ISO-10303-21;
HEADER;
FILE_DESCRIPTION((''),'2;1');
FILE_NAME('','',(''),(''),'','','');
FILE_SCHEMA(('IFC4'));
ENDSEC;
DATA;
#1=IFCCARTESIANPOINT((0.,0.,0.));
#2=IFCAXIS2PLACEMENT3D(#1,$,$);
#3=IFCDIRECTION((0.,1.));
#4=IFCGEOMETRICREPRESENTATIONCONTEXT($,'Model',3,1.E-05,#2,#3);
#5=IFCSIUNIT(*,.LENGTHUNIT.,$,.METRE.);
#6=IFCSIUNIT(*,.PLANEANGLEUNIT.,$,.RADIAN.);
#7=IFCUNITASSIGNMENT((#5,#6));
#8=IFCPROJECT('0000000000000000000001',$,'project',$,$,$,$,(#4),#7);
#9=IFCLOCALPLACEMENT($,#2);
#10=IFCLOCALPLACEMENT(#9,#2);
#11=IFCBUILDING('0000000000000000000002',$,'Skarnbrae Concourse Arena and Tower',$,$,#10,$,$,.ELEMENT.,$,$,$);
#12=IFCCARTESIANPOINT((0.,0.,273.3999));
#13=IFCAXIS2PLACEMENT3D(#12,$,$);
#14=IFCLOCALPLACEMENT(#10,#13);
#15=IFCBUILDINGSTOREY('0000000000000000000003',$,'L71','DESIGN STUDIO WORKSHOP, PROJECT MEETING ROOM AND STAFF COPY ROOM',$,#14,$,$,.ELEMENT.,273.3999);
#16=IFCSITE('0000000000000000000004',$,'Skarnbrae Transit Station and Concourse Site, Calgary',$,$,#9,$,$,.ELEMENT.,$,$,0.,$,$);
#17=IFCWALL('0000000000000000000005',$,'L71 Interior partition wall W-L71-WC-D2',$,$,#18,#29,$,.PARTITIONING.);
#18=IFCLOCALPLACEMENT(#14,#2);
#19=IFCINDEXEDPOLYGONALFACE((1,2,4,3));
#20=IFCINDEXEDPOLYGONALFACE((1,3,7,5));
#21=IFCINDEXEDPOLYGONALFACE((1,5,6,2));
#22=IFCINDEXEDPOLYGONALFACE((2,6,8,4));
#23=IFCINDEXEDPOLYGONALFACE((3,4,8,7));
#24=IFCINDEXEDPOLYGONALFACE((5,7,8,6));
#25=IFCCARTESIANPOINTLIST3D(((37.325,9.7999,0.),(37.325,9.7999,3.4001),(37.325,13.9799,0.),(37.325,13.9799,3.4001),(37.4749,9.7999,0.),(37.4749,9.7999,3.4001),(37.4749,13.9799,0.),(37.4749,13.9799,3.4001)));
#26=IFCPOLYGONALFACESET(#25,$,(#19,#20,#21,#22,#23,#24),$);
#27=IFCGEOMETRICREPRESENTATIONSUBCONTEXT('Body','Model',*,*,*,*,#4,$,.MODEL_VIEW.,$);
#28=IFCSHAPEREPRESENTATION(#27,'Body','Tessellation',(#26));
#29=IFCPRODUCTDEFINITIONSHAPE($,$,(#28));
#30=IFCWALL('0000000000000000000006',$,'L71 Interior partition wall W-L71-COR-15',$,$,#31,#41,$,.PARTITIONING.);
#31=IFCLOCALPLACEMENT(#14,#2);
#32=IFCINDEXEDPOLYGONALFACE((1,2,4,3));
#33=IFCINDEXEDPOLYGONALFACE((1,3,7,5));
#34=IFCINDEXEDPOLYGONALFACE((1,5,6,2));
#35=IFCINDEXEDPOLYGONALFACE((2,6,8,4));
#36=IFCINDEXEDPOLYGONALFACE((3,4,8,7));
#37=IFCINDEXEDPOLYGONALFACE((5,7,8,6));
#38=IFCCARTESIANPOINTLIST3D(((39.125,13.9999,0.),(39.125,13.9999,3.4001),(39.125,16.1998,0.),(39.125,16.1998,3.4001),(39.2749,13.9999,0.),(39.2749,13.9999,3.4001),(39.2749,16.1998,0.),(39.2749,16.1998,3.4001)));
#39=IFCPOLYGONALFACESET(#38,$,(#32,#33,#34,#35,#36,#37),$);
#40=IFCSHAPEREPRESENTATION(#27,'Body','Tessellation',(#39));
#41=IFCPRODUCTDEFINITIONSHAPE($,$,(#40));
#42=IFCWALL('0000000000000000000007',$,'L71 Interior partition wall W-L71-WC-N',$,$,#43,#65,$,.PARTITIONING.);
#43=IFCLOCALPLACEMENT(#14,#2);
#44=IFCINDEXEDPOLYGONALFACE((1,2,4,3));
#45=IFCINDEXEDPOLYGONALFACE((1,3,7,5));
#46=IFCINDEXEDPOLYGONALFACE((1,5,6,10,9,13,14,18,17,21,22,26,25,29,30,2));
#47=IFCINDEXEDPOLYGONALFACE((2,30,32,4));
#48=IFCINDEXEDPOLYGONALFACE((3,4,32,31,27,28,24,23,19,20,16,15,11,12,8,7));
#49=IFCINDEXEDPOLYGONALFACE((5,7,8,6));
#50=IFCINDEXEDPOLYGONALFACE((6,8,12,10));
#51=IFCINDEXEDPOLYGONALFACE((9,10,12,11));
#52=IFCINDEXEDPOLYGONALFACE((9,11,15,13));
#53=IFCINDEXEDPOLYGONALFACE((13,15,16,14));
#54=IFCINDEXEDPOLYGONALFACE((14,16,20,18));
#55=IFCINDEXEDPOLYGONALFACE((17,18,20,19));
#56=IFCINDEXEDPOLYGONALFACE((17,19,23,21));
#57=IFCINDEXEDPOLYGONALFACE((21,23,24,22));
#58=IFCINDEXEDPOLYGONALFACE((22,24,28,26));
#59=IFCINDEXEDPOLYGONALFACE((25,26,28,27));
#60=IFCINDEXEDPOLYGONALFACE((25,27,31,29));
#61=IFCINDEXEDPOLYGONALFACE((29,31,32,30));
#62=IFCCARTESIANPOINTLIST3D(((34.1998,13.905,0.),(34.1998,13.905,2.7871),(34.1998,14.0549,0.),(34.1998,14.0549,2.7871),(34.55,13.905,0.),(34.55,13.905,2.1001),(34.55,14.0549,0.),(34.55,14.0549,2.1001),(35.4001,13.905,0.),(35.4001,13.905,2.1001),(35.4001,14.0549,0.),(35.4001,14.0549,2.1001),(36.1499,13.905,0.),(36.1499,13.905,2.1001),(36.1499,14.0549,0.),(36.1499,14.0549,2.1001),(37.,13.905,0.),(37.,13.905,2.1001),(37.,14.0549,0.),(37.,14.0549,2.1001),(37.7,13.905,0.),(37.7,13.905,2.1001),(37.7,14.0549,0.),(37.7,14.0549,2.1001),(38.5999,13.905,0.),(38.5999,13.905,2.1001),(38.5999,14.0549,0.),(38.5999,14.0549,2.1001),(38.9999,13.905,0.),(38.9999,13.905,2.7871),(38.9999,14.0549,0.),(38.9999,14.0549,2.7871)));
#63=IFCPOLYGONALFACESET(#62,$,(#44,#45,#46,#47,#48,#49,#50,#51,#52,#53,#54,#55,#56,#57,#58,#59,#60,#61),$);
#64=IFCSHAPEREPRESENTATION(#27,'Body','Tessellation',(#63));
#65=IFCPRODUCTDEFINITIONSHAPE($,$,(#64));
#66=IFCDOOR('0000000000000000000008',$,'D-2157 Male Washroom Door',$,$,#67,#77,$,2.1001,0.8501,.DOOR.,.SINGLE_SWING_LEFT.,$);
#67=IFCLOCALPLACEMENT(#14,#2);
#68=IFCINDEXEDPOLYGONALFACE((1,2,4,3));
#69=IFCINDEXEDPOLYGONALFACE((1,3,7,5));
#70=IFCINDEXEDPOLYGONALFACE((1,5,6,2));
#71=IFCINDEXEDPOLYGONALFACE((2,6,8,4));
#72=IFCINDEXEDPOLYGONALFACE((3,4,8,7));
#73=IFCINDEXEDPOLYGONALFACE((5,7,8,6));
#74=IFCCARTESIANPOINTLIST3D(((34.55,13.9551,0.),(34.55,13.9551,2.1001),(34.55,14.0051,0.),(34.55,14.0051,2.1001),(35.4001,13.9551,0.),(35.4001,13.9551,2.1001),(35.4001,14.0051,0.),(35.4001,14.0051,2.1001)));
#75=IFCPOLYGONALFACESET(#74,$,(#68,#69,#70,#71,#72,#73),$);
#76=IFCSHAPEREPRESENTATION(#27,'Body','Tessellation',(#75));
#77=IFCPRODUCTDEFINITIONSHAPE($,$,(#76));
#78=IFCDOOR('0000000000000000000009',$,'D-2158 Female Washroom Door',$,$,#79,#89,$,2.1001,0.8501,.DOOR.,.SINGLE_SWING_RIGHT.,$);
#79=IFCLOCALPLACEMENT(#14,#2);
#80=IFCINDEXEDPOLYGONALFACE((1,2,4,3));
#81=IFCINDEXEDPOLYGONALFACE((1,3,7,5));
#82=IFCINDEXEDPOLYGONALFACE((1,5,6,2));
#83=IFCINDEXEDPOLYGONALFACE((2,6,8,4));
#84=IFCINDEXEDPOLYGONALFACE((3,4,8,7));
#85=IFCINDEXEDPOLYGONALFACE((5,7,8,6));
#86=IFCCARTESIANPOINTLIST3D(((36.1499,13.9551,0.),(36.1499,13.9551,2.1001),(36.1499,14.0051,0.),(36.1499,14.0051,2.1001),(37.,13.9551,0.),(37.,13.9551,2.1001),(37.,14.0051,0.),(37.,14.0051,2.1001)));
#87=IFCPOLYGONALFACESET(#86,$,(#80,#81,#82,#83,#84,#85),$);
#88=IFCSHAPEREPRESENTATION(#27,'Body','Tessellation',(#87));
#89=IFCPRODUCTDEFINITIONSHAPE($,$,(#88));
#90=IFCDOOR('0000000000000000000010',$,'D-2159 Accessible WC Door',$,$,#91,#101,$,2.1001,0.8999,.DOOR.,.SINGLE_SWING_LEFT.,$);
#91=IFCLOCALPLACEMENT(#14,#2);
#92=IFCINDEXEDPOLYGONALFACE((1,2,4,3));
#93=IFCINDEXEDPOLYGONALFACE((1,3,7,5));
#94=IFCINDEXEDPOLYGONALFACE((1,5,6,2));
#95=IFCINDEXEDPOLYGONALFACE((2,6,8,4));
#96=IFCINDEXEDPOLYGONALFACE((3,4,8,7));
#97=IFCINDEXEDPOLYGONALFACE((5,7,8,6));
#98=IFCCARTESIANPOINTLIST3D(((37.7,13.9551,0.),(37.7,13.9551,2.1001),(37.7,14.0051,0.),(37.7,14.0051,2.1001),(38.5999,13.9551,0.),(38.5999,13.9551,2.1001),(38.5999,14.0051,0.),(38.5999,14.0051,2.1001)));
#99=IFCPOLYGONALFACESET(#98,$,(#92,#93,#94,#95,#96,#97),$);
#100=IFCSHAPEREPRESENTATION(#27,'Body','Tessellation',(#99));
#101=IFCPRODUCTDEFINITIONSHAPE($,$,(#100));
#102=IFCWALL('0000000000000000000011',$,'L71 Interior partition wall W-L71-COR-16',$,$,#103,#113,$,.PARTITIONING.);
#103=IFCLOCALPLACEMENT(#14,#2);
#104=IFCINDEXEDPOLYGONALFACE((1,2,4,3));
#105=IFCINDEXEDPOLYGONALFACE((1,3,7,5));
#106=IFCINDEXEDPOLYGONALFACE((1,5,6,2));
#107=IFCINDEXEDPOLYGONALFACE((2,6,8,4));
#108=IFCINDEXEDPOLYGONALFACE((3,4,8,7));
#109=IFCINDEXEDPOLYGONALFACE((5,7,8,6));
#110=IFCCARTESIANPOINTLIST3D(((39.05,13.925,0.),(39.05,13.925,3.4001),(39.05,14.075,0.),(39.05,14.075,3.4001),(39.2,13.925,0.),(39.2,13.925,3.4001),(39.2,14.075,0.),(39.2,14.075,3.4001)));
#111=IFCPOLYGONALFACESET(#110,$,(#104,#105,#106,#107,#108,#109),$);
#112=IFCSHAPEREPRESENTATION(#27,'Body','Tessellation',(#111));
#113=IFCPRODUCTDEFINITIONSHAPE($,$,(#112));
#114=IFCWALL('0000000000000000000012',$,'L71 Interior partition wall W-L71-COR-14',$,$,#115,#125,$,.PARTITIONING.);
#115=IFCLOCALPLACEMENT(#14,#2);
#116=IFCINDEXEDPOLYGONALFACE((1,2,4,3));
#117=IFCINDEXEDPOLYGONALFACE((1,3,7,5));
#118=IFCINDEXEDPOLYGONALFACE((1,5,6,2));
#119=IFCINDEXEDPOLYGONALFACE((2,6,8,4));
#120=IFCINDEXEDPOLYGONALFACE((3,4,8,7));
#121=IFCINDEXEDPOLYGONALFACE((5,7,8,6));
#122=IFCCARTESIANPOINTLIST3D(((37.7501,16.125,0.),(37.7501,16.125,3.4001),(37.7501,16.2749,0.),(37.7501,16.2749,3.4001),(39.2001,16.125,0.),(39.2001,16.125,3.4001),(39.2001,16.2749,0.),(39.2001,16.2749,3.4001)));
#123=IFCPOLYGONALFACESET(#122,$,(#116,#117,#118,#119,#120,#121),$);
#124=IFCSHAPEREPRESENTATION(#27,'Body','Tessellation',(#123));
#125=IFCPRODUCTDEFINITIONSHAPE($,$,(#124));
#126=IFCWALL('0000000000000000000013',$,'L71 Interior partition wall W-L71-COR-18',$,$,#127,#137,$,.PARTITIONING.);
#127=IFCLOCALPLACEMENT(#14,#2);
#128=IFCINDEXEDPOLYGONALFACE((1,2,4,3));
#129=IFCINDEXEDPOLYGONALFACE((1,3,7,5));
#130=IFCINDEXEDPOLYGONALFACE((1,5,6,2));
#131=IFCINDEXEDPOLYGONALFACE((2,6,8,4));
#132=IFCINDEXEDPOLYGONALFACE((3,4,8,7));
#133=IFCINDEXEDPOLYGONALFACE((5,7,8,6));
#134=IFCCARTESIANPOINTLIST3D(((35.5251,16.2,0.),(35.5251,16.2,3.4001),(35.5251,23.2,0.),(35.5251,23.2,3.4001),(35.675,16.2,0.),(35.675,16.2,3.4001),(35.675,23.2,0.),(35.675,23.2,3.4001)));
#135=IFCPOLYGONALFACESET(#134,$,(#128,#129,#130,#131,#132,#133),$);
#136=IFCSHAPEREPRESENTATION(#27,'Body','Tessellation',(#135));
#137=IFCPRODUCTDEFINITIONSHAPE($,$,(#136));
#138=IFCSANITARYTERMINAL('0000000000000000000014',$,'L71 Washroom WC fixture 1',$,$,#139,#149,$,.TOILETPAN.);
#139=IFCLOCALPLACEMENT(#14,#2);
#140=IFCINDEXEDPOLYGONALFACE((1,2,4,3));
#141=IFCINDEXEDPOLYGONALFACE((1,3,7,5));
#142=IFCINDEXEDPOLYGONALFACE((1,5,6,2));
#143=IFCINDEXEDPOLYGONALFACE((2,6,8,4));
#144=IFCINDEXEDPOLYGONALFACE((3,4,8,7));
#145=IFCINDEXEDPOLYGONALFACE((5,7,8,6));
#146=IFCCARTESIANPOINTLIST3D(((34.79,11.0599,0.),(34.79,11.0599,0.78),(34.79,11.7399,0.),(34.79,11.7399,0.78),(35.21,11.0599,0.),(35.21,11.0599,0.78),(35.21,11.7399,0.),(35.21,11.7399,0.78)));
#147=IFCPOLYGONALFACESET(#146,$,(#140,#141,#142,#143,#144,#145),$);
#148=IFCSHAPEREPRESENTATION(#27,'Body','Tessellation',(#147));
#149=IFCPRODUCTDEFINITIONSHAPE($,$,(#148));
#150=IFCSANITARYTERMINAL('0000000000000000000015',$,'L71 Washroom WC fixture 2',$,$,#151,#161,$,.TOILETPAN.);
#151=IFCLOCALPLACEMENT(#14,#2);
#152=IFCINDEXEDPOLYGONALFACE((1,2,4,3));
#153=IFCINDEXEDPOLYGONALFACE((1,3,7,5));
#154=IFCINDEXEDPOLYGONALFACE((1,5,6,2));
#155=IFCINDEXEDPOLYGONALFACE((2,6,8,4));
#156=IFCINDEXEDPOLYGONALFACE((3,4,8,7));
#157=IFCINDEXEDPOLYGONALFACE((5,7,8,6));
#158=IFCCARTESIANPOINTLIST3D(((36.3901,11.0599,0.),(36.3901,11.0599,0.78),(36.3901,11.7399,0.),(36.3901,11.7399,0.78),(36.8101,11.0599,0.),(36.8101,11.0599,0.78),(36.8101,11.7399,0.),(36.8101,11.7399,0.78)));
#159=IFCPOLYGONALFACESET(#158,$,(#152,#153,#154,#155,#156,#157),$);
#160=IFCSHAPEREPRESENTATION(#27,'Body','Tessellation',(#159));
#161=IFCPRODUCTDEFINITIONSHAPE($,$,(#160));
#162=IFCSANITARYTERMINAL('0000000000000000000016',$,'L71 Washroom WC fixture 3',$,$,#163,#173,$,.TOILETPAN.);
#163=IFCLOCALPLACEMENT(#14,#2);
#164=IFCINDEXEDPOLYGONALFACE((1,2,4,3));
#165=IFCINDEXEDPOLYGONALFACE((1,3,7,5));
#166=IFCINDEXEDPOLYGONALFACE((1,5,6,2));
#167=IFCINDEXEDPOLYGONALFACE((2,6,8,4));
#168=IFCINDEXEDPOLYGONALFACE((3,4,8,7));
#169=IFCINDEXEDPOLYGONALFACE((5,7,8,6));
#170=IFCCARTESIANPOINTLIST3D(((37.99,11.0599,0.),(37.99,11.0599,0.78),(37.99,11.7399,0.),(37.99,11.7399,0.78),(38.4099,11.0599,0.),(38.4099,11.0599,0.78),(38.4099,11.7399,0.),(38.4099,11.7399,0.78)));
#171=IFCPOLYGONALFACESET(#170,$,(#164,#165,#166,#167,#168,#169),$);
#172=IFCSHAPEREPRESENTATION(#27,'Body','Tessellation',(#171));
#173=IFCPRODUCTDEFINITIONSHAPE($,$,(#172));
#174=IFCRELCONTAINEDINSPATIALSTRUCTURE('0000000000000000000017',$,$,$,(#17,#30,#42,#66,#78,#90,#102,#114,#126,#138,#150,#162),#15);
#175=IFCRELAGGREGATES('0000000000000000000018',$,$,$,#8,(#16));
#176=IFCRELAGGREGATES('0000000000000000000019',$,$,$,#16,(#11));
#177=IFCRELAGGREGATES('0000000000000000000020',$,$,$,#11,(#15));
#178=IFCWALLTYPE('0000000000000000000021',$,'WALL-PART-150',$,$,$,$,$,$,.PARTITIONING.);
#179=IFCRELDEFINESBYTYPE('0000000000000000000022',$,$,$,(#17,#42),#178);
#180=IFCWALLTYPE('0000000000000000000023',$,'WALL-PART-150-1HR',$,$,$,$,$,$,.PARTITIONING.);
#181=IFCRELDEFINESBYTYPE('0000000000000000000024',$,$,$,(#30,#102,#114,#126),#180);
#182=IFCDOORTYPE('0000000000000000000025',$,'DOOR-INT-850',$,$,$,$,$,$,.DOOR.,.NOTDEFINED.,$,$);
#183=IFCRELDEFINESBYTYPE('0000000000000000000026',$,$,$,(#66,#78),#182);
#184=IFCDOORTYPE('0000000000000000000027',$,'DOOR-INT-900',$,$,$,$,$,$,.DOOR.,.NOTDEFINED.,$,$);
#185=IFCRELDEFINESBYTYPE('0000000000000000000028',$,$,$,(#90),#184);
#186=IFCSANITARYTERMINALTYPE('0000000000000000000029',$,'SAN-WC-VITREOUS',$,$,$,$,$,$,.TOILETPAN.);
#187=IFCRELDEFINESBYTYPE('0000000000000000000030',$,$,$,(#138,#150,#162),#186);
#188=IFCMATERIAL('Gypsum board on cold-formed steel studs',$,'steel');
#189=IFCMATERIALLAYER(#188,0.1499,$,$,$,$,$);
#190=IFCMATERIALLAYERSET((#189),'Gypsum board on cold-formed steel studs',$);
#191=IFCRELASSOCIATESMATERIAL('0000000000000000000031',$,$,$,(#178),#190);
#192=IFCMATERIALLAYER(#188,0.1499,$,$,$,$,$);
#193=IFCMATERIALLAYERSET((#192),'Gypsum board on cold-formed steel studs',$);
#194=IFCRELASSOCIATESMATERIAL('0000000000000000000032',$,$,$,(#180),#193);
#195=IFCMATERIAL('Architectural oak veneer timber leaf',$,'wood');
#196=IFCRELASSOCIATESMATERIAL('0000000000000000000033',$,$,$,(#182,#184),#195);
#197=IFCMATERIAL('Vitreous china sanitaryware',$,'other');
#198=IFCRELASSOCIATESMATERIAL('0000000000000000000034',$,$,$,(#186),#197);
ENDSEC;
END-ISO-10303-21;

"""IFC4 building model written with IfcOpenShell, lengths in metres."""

from ifc_helpers import new_model, si_unit, direction, frame, frame_2d, origin, origin_2d, place, context, subcontext, project, spatial, rectangle, extrude, source, transform, mapped, material, layer, layer_set, type_object, element, fill, save


model = new_model("IFC4")

# Units and contexts
model_context = context("Model", 3, precision=1e-05, world=origin(), true_north=direction((0.0, 1.0)))
body_context = subcontext(model_context, "Body", "Model", "MODEL_VIEW")
ifc_project = project(units=[si_unit("LENGTHUNIT", "METRE"), si_unit("PLANEANGLEUNIT", "RADIAN")], contexts=[model_context])

# Site, building, storey
site_placement = place(None, origin())
site = spatial("IfcSite", under=ifc_project, at=site_placement, Name="Skarnbrae Transit Station and Concourse Site, Calgary", CompositionType="ELEMENT", RefElevation=0.0)
building_placement = place(site_placement, origin())
building = spatial("IfcBuilding", under=site, at=building_placement, Name="Skarnbrae Concourse Arena and Tower", CompositionType="ELEMENT")
storey_placement = place(building_placement, frame((0.0, 0.0, 273.3999)))
storey = spatial("IfcBuildingStorey", under=building, at=storey_placement, Name="L71", Description="DESIGN STUDIO WORKSHOP, PROJECT MEETING ROOM AND STAFF COPY ROOM", CompositionType="ELEMENT", Elevation=273.3999)

# Walls
ifc_material_1 = material(Name="Gypsum board on cold-formed steel studs", Category="steel")
ifc_layer_1 = layer(ifc_material_1, 0.1499)
ifc_layer_set_1 = layer_set([ifc_layer_1], Name="Gypsum board on cold-formed steel studs")
wall_type_1 = type_object("IfcWallType", Name="WALL-PART-150", PredefinedType="PARTITIONING", material=ifc_layer_set_1)
shared_shape_1 = source(origin(), body_context, "Body", "SweptSolid", [
    extrude(rectangle(XDim=4.1799, YDim=0.1499, at=frame_2d((2.0898, 0.0))), origin(), (0.0, 0.0, 1.0), 3.4001),
])
for number, where, z_axis, x_axis, name in (
    (1, (37.3999, 9.8, 0.0), (0.0, 0.0, 1.0), (0.0, 1.0, 0.0), "L71 Interior partition wall W-L71-WC-D2"),
):
    element("IfcWall", number, at=place(storey_placement, frame(where, z_axis=z_axis, x_axis=x_axis)), inside=storey, type_object=wall_type_1, Name=name, PredefinedType="PARTITIONING", context=body_context, shape_type="MappedRepresentation", body=[
        mapped(shared_shape_1, transform((0.0, 0.0, 0.0))),
    ])
ifc_layer_2 = layer(ifc_material_1, 0.1499)
ifc_layer_set_2 = layer_set([ifc_layer_2], Name="Gypsum board on cold-formed steel studs")
wall_type_2 = type_object("IfcWallType", Name="WALL-PART-150-1HR", PredefinedType="PARTITIONING", material=ifc_layer_set_2)
shared_shape_2 = source(origin(), body_context, "Body", "SweptSolid", [
    extrude(rectangle(XDim=2.2, YDim=0.1499, at=frame_2d((1.1001, 0.0))), origin(), (0.0, 0.0, 1.0), 3.4001),
])
wall_1_placement = place(storey_placement, frame((39.2, 16.2, 0.0), z_axis=(0.0, 0.0, 1.0), x_axis=(0.0, -1.0, 0.0)))
element("IfcWall", 2, at=wall_1_placement, inside=storey, type_object=wall_type_2, Name="L71 Interior partition wall W-L71-COR-15", PredefinedType="PARTITIONING", context=body_context, shape_type="MappedRepresentation", body=[
    mapped(shared_shape_2, transform((0.0, 0.0, 0.0))),
])

# Wall, openings, doors
shared_shape_3 = source(origin(), body_context, "Body", "SweptSolid", [
    extrude(rectangle(XDim=4.8, YDim=0.1499, at=frame_2d((2.3999, 0.0))), origin(), (0.0, 0.0, 1.0), 2.7871),
])
wall_2_placement = place(storey_placement, frame((34.2, 13.98, 0.0), z_axis=(0.0, 0.0, 1.0), x_axis=(1.0, 0.0, 0.0)))
wall_2 = element("IfcWall", 3, at=wall_2_placement, inside=storey, type_object=wall_type_1, Name="L71 Interior partition wall W-L71-WC-N", PredefinedType="PARTITIONING", context=body_context, shape_type="MappedRepresentation", body=[
    mapped(shared_shape_3, transform((0.0, 0.0, 0.0))),
])
opening_1_placement = place(wall_2_placement, frame((0.3501, 0.0, 0.0)))
opening_1 = element("IfcOpeningElement", 4, at=opening_1_placement, cuts=wall_2, PredefinedType="OPENING", context=body_context, shape_type="SweptSolid", body=[
    extrude(rectangle(XDim=0.8501, YDim=2.1001, at=frame_2d((0.425, 1.05))), frame((0.0, 0.085, 0.0), z_axis=(0.0, -1.0, 0.0), x_axis=(1.0, 0.0, 0.0)), (0.0, 0.0, 1.0), 0.1699),
])
opening_2_placement = place(wall_2_placement, frame((1.95, 0.0, 0.0)))
opening_2 = element("IfcOpeningElement", 5, at=opening_2_placement, cuts=wall_2, PredefinedType="OPENING", context=body_context, shape_type="SweptSolid", body=[
    extrude(rectangle(XDim=0.8501, YDim=2.1001, at=frame_2d((0.425, 1.05))), frame((0.0, 0.085, 0.0), z_axis=(0.0, -1.0, 0.0), x_axis=(1.0, 0.0, 0.0)), (0.0, 0.0, 1.0), 0.1699),
])
opening_3_placement = place(wall_2_placement, frame((3.5, 0.0, 0.0)))
opening_3 = element("IfcOpeningElement", 6, at=opening_3_placement, cuts=wall_2, PredefinedType="OPENING", context=body_context, shape_type="SweptSolid", body=[
    extrude(rectangle(XDim=0.8999, YDim=2.1001, at=frame_2d((0.45, 1.05))), frame((0.0, 0.085, 0.0), z_axis=(0.0, -1.0, 0.0), x_axis=(1.0, 0.0, 0.0)), (0.0, 0.0, 1.0), 0.1699),
])
ifc_material_2 = material(Name="Architectural oak veneer timber leaf", Category="wood")
door_type_1 = type_object("IfcDoorType", Name="DOOR-INT-850", OperationType="NOTDEFINED", PredefinedType="DOOR", material=ifc_material_2)
shared_shape_4 = source(origin(), body_context, "Body", "SweptSolid", [
    extrude(rectangle(XDim=0.8501, YDim=2.1001, at=frame_2d((0.425, 1.05))), frame((0.0, 0.0249, 0.0), z_axis=(0.0, -1.0, 0.0), x_axis=(1.0, 0.0, 0.0)), (0.0, 0.0, 1.0), 0.05),
])
door_1_placement = place(opening_1_placement, frame((0.8501, 0.0, 0.0), z_axis=(0.0, 0.0, 1.0), x_axis=(-1.0, 0.0, 0.0)))
door_1 = element("IfcDoor", 7, at=door_1_placement, inside=storey, type_object=door_type_1, Name="D-2157 Male Washroom Door", OperationType="SINGLE_SWING_LEFT", OverallHeight=2.1001, OverallWidth=0.8501, PredefinedType="DOOR", context=body_context, shape_type="MappedRepresentation", body=[
    mapped(shared_shape_4, transform((0.0, 0.0, 0.0))),
])
fill(opening_1, door_1)
door_2_placement = place(opening_2_placement, frame((0.8501, 0.0, 0.0), z_axis=(0.0, 0.0, 1.0), x_axis=(-1.0, 0.0, 0.0)))
door_2 = element("IfcDoor", 8, at=door_2_placement, inside=storey, type_object=door_type_1, Name="D-2158 Female Washroom Door", OperationType="SINGLE_SWING_RIGHT", OverallHeight=2.1001, OverallWidth=0.8501, PredefinedType="DOOR", context=body_context, shape_type="MappedRepresentation", body=[
    mapped(shared_shape_4, transform((0.0, 0.0, 0.0))),
])
fill(opening_2, door_2)
door_type_2 = type_object("IfcDoorType", Name="DOOR-INT-900", OperationType="NOTDEFINED", PredefinedType="DOOR", material=ifc_material_2)
shared_shape_5 = source(origin(), body_context, "Body", "SweptSolid", [
    extrude(rectangle(XDim=0.8999, YDim=2.1001, at=frame_2d((0.45, 1.05))), frame((0.0, 0.0249, 0.0), z_axis=(0.0, -1.0, 0.0), x_axis=(1.0, 0.0, 0.0)), (0.0, 0.0, 1.0), 0.05),
])
door_3_placement = place(opening_3_placement, frame((0.8999, 0.0, 0.0), z_axis=(0.0, 0.0, 1.0), x_axis=(-1.0, 0.0, 0.0)))
door_3 = element("IfcDoor", 9, at=door_3_placement, inside=storey, type_object=door_type_2, Name="D-2159 Accessible WC Door", OperationType="SINGLE_SWING_LEFT", OverallHeight=2.1001, OverallWidth=0.8999, PredefinedType="DOOR", context=body_context, shape_type="MappedRepresentation", body=[
    mapped(shared_shape_5, transform((0.0, 0.0, 0.0))),
])
fill(opening_3, door_3)

# Walls
shared_shape_6 = source(origin(), body_context, "Body", "SweptSolid", [
    extrude(rectangle(XDim=0.1499, YDim=0.1499, at=frame_2d((0.075, 0.0))), origin(), (0.0, 0.0, 1.0), 3.4001),
])
wall_3_placement = place(storey_placement, frame((39.2, 14.0, 0.0), z_axis=(0.0, 0.0, 1.0), x_axis=(-1.0, 0.0, 0.0)))
element("IfcWall", 10, at=wall_3_placement, inside=storey, type_object=wall_type_2, Name="L71 Interior partition wall W-L71-COR-16", PredefinedType="PARTITIONING", context=body_context, shape_type="MappedRepresentation", body=[
    mapped(shared_shape_6, transform((0.0, 0.0, 0.0))),
])
shared_shape_7 = source(origin(), body_context, "Body", "SweptSolid", [
    extrude(rectangle(XDim=1.45, YDim=0.1499, at=frame_2d((0.7251, 0.0))), origin(), (0.0, 0.0, 1.0), 3.4001),
])
wall_4_placement = place(storey_placement, frame((37.75, 16.2, 0.0), z_axis=(0.0, 0.0, 1.0), x_axis=(1.0, 0.0, 0.0)))
element("IfcWall", 11, at=wall_4_placement, inside=storey, type_object=wall_type_2, Name="L71 Interior partition wall W-L71-COR-14", PredefinedType="PARTITIONING", context=body_context, shape_type="MappedRepresentation", body=[
    mapped(shared_shape_7, transform((0.0, 0.0, 0.0))),
])
shared_shape_8 = source(origin(), body_context, "Body", "SweptSolid", [
    extrude(rectangle(XDim=7.0, YDim=0.1499, at=frame_2d((3.5, 0.0))), origin(), (0.0, 0.0, 1.0), 3.4001),
])
wall_5_placement = place(storey_placement, frame((35.6001, 16.2, 0.0), z_axis=(0.0, 0.0, 1.0), x_axis=(0.0, 1.0, 0.0)))
element("IfcWall", 12, at=wall_5_placement, inside=storey, type_object=wall_type_2, Name="L71 Interior partition wall W-L71-COR-18", PredefinedType="PARTITIONING", context=body_context, shape_type="MappedRepresentation", body=[
    mapped(shared_shape_8, transform((0.0, 0.0, 0.0))),
])

# Sanitary terminals
ifc_material_3 = material(Name="Vitreous china sanitaryware", Category="other")
sanitary_terminal_type = type_object("IfcSanitaryTerminalType", Name="SAN-WC-VITREOUS", PredefinedType="TOILETPAN", material=ifc_material_3)
shared_shape_9 = source(origin(), body_context, "Body", "SweptSolid", [
    extrude(rectangle(XDim=0.4199, YDim=0.6799, at=origin_2d()), origin(), (0.0, 0.0, 1.0), 0.78),
])
for number, where, z_axis, x_axis, name in (
    (13, (35.0, 11.3999, 0.0), (0.0, 0.0, 1.0), (1.0, 0.0, 0.0), "L71 Washroom WC fixture 1"),
    (14, (36.6001, 11.3999, 0.0), (0.0, 0.0, 1.0), (1.0, 0.0, 0.0), "L71 Washroom WC fixture 2"),
    (15, (38.2, 11.3999, 0.0), (0.0, 0.0, 1.0), (1.0, 0.0, 0.0), "L71 Washroom WC fixture 3"),
):
    element("IfcSanitaryTerminal", number, at=place(storey_placement, frame(where, z_axis=z_axis, x_axis=x_axis)), inside=storey, type_object=sanitary_terminal_type, Name=name, PredefinedType="TOILETPAN", context=body_context, shape_type="MappedRepresentation", body=[
        mapped(shared_shape_9, transform((0.0, 0.0, 0.0))),
    ])

save(model, "model.ifc")
